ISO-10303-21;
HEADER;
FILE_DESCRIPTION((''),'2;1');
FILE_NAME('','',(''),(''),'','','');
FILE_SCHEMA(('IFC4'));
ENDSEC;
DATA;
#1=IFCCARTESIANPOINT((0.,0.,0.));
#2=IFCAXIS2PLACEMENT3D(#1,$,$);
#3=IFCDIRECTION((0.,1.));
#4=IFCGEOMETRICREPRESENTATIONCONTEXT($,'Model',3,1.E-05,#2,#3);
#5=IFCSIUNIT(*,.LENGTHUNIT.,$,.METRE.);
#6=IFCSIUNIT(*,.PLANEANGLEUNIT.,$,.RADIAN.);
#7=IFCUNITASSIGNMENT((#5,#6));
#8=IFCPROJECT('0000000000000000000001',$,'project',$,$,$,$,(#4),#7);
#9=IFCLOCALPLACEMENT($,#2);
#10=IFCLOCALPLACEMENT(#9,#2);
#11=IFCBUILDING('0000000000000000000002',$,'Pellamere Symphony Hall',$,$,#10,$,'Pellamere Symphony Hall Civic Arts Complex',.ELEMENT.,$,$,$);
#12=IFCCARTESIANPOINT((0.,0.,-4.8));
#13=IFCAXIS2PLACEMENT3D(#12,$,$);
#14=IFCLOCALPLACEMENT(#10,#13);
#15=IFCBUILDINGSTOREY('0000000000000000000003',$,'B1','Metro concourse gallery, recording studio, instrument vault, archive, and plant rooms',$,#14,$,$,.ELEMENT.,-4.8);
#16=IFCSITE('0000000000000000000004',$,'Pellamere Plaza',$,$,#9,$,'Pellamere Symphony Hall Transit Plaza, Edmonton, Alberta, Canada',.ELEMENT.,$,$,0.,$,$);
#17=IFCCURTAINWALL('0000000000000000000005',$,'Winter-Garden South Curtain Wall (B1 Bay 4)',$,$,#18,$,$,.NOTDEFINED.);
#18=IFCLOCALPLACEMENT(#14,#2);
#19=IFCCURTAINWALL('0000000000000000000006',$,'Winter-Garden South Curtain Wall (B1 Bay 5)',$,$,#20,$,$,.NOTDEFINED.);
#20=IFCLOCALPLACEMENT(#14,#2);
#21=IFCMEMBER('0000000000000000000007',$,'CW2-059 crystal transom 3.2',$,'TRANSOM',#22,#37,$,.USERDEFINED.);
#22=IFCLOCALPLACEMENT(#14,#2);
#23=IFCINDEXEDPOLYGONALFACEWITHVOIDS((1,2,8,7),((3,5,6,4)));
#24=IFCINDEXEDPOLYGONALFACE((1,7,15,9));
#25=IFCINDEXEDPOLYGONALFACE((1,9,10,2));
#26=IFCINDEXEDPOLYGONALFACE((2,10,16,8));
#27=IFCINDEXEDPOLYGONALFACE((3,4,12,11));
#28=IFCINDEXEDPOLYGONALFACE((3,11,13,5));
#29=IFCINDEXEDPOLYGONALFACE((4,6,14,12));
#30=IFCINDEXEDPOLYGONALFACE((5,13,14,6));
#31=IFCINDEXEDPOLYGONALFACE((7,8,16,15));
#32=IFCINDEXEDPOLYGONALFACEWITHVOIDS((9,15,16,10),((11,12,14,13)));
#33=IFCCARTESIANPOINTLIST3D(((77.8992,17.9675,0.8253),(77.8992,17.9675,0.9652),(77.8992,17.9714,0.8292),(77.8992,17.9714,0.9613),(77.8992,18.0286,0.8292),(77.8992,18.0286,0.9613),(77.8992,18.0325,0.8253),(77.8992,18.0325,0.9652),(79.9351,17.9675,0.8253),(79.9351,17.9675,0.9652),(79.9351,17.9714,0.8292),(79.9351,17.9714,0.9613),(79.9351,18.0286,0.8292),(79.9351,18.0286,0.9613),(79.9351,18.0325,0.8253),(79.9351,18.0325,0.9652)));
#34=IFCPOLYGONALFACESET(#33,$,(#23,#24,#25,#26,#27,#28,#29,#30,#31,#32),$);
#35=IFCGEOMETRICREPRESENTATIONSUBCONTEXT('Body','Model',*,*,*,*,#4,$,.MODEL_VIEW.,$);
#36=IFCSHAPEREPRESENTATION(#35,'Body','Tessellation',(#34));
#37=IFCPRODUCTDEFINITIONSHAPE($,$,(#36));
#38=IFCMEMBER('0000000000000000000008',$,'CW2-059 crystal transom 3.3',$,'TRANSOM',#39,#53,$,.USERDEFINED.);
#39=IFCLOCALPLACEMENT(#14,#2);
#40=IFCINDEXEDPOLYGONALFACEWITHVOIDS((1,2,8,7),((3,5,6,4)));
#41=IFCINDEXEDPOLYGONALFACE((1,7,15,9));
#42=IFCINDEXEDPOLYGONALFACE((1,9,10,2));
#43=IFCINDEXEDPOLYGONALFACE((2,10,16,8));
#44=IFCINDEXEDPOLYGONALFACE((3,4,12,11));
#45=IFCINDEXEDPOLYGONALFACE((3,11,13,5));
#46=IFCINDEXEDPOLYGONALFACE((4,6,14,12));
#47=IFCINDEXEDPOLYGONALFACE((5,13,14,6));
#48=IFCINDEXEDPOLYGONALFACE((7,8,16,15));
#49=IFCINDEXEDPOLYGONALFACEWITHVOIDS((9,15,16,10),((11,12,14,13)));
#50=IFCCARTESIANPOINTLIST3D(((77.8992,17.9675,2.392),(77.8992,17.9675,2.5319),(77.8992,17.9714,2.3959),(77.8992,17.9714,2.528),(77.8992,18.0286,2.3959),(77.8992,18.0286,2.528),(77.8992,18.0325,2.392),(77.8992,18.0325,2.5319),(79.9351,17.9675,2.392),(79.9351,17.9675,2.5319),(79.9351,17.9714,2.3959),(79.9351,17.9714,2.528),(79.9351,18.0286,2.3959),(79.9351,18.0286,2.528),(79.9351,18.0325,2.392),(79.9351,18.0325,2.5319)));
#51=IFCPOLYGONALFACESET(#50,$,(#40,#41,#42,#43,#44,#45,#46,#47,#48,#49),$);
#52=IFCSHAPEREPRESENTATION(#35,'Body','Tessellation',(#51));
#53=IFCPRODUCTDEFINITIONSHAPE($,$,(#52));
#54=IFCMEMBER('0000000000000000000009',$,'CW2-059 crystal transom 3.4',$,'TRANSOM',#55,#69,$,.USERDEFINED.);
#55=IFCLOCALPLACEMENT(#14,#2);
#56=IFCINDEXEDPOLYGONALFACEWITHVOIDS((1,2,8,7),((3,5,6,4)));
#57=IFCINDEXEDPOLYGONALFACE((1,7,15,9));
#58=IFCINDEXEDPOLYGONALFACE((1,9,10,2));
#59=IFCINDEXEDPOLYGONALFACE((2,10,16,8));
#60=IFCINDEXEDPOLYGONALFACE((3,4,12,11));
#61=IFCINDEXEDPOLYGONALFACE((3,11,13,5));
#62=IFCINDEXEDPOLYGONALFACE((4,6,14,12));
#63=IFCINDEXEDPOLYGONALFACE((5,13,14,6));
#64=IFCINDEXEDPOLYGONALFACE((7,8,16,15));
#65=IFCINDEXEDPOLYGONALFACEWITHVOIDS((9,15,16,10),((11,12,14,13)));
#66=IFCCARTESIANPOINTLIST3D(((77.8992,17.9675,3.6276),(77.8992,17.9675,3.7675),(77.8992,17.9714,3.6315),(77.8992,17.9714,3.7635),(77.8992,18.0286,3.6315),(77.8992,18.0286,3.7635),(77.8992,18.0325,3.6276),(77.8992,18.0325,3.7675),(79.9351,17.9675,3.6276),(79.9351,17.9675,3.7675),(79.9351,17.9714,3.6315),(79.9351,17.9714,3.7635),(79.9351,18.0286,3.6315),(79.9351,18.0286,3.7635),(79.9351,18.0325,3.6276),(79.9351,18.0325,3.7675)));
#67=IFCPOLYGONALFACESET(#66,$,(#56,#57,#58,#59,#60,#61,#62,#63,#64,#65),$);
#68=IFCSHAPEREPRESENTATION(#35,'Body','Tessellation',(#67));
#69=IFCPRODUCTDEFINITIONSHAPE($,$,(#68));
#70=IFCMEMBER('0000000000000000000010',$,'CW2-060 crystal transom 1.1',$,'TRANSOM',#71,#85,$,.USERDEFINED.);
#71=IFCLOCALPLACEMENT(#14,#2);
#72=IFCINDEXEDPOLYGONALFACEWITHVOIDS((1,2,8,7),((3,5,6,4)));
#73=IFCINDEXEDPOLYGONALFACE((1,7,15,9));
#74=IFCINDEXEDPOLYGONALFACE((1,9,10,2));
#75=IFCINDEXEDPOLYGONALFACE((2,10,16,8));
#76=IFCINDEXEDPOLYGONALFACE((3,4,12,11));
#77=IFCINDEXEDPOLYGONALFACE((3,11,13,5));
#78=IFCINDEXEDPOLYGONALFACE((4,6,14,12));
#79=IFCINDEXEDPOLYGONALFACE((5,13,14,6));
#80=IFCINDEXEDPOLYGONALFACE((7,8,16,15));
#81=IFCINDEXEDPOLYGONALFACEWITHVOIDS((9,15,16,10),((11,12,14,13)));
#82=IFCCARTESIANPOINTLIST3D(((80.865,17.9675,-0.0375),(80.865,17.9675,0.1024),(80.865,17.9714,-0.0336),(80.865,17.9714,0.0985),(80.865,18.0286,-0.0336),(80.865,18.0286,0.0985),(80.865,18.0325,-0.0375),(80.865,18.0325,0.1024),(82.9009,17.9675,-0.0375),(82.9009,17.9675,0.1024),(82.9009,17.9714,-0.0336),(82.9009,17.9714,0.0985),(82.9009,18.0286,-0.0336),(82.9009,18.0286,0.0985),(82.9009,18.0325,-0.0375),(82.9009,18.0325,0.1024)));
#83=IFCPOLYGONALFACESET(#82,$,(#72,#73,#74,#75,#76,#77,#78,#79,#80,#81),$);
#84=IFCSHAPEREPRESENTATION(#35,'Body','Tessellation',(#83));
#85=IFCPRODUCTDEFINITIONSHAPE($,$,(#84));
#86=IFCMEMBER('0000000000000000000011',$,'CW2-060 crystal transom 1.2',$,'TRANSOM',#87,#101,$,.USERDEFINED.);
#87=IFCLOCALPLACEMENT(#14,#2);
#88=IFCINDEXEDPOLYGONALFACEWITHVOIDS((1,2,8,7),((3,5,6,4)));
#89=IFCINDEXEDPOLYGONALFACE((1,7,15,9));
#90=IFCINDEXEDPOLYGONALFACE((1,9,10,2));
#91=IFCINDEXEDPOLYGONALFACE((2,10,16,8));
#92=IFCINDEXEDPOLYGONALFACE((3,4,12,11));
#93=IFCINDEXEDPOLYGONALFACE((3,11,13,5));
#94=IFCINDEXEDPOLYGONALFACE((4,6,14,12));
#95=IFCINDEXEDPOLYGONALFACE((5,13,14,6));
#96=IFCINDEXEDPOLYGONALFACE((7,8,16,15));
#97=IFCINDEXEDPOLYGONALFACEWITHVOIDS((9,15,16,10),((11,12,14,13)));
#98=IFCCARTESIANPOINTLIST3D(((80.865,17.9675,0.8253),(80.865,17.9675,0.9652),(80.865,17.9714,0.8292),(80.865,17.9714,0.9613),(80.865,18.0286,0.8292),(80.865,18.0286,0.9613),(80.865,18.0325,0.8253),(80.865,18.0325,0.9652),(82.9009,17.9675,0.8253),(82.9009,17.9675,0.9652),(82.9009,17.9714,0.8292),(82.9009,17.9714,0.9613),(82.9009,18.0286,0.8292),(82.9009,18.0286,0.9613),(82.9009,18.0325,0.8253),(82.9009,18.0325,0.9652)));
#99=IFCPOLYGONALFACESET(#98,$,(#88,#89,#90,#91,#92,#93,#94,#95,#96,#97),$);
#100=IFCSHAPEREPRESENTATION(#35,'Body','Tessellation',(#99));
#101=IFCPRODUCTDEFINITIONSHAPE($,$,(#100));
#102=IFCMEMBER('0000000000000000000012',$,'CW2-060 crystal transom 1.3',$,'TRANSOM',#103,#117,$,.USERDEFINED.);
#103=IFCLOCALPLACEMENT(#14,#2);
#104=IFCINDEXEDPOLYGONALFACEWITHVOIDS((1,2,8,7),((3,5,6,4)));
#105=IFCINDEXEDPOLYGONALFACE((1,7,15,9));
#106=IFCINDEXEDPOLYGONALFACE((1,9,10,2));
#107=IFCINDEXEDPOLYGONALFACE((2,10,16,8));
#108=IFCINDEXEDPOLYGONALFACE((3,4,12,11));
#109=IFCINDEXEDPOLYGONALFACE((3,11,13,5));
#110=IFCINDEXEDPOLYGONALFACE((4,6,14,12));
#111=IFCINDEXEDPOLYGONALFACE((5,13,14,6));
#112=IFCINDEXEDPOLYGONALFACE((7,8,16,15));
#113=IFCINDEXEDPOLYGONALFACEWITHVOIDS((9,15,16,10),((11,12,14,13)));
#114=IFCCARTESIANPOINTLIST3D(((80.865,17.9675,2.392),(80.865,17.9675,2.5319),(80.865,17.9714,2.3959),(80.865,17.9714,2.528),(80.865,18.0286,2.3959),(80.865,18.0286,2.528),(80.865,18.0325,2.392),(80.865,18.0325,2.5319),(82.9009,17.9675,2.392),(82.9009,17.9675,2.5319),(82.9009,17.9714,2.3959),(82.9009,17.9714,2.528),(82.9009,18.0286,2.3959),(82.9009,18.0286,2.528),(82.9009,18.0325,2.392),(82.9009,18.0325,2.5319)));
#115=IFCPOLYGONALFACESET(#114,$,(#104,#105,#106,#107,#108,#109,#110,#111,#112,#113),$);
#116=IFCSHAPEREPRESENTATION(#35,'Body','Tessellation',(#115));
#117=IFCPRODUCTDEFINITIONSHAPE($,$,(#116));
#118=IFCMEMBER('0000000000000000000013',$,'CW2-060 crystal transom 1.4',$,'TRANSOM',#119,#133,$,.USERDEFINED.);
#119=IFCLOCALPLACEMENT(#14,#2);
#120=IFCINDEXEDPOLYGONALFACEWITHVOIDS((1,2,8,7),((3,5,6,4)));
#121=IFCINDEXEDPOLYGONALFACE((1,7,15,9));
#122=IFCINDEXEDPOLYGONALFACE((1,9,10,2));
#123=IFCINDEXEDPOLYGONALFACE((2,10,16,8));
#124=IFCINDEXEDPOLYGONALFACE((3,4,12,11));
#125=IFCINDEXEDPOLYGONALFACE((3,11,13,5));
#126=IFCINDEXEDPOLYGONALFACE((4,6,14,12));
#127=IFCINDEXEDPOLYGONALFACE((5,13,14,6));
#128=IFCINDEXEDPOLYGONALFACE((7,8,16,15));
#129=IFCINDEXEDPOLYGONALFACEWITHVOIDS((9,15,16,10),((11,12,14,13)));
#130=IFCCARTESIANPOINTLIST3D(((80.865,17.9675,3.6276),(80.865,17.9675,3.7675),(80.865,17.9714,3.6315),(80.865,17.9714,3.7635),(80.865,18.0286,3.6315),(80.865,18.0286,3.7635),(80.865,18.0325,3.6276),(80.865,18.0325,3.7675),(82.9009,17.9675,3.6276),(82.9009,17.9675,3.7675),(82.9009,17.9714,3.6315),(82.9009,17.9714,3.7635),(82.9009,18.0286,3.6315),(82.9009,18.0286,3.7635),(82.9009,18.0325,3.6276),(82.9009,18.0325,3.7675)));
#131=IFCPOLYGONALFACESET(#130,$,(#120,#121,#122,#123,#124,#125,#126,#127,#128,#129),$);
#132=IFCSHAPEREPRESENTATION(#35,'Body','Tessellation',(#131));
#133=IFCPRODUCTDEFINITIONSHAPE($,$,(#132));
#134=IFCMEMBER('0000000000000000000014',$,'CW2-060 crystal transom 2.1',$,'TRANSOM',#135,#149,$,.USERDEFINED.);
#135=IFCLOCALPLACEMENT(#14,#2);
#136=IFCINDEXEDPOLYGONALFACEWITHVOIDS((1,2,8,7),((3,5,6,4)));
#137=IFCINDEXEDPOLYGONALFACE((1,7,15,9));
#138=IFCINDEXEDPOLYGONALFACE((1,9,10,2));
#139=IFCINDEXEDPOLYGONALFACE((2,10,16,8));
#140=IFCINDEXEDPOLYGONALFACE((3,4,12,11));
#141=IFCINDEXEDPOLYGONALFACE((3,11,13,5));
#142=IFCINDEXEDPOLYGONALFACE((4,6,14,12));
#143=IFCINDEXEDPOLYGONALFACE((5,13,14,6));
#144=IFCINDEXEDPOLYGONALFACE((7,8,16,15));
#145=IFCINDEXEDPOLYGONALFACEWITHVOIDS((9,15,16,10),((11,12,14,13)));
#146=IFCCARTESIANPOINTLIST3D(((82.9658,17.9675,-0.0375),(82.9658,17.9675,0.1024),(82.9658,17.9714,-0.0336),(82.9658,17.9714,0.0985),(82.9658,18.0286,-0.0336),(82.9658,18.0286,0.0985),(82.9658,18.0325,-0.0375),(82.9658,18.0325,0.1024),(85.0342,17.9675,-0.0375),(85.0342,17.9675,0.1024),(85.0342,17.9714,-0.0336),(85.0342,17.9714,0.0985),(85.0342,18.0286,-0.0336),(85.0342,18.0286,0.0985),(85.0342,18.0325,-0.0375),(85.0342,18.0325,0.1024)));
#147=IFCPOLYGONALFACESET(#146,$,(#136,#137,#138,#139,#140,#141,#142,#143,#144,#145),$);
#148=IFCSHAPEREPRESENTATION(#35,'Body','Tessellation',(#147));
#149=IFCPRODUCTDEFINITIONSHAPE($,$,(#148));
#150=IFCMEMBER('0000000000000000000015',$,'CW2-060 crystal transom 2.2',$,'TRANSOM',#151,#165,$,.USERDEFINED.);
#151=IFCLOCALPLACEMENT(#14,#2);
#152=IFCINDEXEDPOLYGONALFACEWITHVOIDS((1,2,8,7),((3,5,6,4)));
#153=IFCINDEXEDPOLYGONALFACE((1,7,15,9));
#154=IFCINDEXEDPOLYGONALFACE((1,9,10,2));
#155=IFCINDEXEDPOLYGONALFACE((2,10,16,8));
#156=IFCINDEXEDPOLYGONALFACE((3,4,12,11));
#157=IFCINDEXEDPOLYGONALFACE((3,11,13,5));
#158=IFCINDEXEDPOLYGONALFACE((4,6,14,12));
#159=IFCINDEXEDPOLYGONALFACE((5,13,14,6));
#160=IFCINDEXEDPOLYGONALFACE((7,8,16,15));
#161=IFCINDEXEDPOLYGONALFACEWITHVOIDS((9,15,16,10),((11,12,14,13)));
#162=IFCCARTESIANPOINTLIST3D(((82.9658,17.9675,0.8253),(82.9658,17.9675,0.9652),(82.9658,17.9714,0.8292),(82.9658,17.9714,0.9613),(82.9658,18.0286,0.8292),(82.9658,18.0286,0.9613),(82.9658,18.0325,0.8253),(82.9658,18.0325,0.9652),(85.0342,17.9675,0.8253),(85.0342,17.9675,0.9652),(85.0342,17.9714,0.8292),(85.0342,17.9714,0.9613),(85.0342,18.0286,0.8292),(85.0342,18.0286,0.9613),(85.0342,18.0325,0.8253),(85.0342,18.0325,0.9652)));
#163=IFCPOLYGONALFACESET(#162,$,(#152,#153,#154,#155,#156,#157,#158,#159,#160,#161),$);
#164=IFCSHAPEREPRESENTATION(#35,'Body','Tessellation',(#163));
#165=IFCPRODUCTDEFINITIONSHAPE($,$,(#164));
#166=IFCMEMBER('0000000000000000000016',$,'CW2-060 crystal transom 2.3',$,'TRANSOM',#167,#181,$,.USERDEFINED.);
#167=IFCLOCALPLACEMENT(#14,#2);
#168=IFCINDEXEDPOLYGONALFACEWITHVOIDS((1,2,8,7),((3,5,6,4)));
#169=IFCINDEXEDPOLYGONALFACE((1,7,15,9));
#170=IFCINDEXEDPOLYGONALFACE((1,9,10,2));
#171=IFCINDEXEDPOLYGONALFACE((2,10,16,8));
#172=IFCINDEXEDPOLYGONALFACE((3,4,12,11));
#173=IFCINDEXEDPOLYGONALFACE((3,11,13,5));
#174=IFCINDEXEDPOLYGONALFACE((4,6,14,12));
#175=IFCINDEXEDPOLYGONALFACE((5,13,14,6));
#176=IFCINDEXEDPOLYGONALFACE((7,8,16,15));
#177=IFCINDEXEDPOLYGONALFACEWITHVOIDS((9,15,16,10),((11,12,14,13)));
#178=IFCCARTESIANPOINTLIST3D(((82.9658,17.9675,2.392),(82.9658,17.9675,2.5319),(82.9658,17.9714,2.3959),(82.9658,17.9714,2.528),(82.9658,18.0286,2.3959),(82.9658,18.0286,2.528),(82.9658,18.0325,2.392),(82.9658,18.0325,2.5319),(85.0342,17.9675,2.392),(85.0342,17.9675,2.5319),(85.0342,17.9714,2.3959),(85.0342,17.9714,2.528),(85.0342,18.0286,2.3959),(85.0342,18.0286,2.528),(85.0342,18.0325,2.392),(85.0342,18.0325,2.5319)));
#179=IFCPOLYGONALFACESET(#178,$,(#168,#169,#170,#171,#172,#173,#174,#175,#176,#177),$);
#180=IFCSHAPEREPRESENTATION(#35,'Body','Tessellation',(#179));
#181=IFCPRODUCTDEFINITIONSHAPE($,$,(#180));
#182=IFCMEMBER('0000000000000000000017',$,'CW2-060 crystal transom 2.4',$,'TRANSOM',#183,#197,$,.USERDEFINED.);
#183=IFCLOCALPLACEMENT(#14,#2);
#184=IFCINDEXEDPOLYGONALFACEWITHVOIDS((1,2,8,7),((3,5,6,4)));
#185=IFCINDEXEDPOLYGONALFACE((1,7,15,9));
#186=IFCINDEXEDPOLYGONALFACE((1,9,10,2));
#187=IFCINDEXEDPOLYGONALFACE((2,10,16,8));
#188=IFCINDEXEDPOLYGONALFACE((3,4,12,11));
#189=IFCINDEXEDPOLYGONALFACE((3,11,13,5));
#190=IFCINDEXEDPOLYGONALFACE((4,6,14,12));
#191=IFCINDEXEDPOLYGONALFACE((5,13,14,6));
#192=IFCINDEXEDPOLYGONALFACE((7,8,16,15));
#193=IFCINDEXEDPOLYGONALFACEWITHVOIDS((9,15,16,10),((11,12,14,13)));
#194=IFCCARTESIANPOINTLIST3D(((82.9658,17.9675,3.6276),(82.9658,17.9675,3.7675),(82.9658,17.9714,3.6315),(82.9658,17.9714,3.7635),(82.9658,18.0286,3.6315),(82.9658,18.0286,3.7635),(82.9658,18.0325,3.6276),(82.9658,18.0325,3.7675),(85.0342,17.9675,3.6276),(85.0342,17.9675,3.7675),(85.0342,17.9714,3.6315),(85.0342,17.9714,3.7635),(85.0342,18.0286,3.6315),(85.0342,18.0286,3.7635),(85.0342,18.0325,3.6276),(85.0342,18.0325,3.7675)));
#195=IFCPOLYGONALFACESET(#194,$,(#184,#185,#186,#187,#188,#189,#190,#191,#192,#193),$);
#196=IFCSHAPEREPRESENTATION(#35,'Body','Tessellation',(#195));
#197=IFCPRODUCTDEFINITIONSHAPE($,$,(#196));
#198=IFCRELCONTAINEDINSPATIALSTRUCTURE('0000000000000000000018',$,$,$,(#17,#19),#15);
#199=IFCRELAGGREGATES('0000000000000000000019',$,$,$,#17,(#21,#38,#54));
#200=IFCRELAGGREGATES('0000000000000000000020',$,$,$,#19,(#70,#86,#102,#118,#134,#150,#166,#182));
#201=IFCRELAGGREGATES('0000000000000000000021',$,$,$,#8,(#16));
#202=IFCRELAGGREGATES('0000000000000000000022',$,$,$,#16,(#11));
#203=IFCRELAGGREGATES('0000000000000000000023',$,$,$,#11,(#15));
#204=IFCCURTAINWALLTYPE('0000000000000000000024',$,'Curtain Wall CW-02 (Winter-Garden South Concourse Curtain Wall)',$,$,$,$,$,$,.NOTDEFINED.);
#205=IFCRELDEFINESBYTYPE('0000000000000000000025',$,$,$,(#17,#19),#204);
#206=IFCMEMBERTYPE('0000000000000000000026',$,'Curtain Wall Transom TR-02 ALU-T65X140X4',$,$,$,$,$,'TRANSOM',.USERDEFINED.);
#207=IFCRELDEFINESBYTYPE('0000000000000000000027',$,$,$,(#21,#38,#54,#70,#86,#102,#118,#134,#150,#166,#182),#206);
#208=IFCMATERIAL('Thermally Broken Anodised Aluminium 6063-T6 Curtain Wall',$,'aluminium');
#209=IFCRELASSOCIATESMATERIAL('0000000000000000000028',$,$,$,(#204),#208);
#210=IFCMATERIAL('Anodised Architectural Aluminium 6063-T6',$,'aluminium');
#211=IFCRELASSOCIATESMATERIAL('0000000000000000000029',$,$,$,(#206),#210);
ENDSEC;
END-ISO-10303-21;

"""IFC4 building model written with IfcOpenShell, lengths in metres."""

from ifc_helpers import new_model, si_unit, direction, frame, origin, origin_2d, place, context, subcontext, project, spatial, hollow_rectangle, extrude, material, material_profile, profile_set, type_object, element, aggregate, save


model = new_model("IFC4")

# Units and contexts
model_context = context("Model", 3, precision=1e-05, world=origin(), true_north=direction((0.0, 1.0)))
body_context = subcontext(model_context, "Body", "Model", "MODEL_VIEW")
ifc_project = project(units=[si_unit("LENGTHUNIT", "METRE"), si_unit("PLANEANGLEUNIT", "RADIAN")], contexts=[model_context])

# Site, building, storey
site_placement = place(None, origin())
site = spatial("IfcSite", under=ifc_project, at=site_placement, Name="Pellamere Plaza", LongName="Pellamere Symphony Hall Transit Plaza, Edmonton, Alberta, Canada", CompositionType="ELEMENT", RefElevation=0.0)
building_placement = place(site_placement, origin())
building = spatial("IfcBuilding", under=site, at=building_placement, Name="Pellamere Symphony Hall", LongName="Pellamere Symphony Hall Civic Arts Complex", CompositionType="ELEMENT")
storey_placement = place(building_placement, frame((0.0, 0.0, -4.8)))
storey = spatial("IfcBuildingStorey", under=building, at=storey_placement, Name="B1", Description="Metro concourse gallery, recording studio, instrument vault, archive, and plant rooms", CompositionType="ELEMENT", Elevation=-4.8)

# Curtain walls
ifc_material_1 = material(Name="Thermally Broken Anodised Aluminium 6063-T6 Curtain Wall", Category="aluminium")
curtain_wall_type = type_object("IfcCurtainWallType", Name="Curtain Wall CW-02 (Winter-Garden South Concourse Curtain Wall)", PredefinedType="NOTDEFINED", material=ifc_material_1)
curtain_wall_1_placement = place(storey_placement, origin())
curtain_wall_1 = element("IfcCurtainWall", 1, at=curtain_wall_1_placement, inside=storey, type_object=curtain_wall_type, Name="Winter-Garden South Curtain Wall (B1 Bay 4)", PredefinedType="NOTDEFINED")
ifc_material_2 = material(Name="Anodised Architectural Aluminium 6063-T6", Category="aluminium")
curtain_wall_2_placement = place(storey_placement, origin())
curtain_wall_2 = element("IfcCurtainWall", 2, at=curtain_wall_2_placement, inside=storey, type_object=curtain_wall_type, Name="Winter-Garden South Curtain Wall (B1 Bay 5)", PredefinedType="NOTDEFINED")

# Members
ifc_material_profile_1 = material_profile(ifc_material_2, hollow_rectangle(XDim=0.0649, YDim=0.1399, WallThickness=0.0039, at=origin_2d()), Name="ALU-T65X140X4")
ifc_profile_set_1 = profile_set([ifc_material_profile_1], Name="Anodised Architectural Aluminium 6063-T6")
member_type_1 = type_object("IfcMemberType", Name="Curtain Wall Transom TR-02 ALU-T65X140X4", ElementType="TRANSOM", PredefinedType="USERDEFINED", material=ifc_profile_set_1)
member_1_placement = place(storey_placement, frame((77.8992, 18.0, 0.8953), z_axis=(1.0, 0.0, 0.0), x_axis=(0.0, 1.0, 0.0)))
member_1 = element("IfcMember", 3, at=member_1_placement, type_object=member_type_1, Name="CW2-059 crystal transom 3.2", ObjectType="TRANSOM", PredefinedType="USERDEFINED", context=body_context, shape_type="SweptSolid", body=[
    extrude(hollow_rectangle(XDim=0.0649, YDim=0.1399, WallThickness=0.0039, at=origin_2d()), origin(), (0.0, 0.0, 1.0), 2.0359),
])
member_2_placement = place(storey_placement, frame((77.8992, 18.0, 2.4619), z_axis=(1.0, 0.0, 0.0), x_axis=(0.0, 1.0, 0.0)))
member_2 = element("IfcMember", 4, at=member_2_placement, type_object=member_type_1, Name="CW2-059 crystal transom 3.3", ObjectType="TRANSOM", PredefinedType="USERDEFINED", context=body_context, shape_type="SweptSolid", body=[
    extrude(hollow_rectangle(XDim=0.0649, YDim=0.1399, WallThickness=0.0039, at=origin_2d()), origin(), (0.0, 0.0, 1.0), 2.0359),
])
member_3_placement = place(storey_placement, frame((77.8992, 18.0, 3.6975), z_axis=(1.0, 0.0, 0.0), x_axis=(0.0, 1.0, 0.0)))
member_3 = element("IfcMember", 5, at=member_3_placement, type_object=member_type_1, Name="CW2-059 crystal transom 3.4", ObjectType="TRANSOM", PredefinedType="USERDEFINED", context=body_context, shape_type="SweptSolid", body=[
    extrude(hollow_rectangle(XDim=0.0649, YDim=0.1399, WallThickness=0.0039, at=origin_2d()), origin(), (0.0, 0.0, 1.0), 2.0359),
])
member_4_placement = place(storey_placement, frame((80.865, 18.0, 0.0325), z_axis=(1.0, 0.0, 0.0), x_axis=(0.0, 1.0, 0.0)))
member_4 = element("IfcMember", 6, at=member_4_placement, type_object=member_type_1, Name="CW2-060 crystal transom 1.1", ObjectType="TRANSOM", PredefinedType="USERDEFINED", context=body_context, shape_type="SweptSolid", body=[
    extrude(hollow_rectangle(XDim=0.0649, YDim=0.1399, WallThickness=0.0039, at=origin_2d()), origin(), (0.0, 0.0, 1.0), 2.0359),
])
member_5_placement = place(storey_placement, frame((80.865, 18.0, 0.8953), z_axis=(1.0, 0.0, 0.0), x_axis=(0.0, 1.0, 0.0)))
member_5 = element("IfcMember", 7, at=member_5_placement, type_object=member_type_1, Name="CW2-060 crystal transom 1.2", ObjectType="TRANSOM", PredefinedType="USERDEFINED", context=body_context, shape_type="SweptSolid", body=[
    extrude(hollow_rectangle(XDim=0.0649, YDim=0.1399, WallThickness=0.0039, at=origin_2d()), origin(), (0.0, 0.0, 1.0), 2.0359),
])
member_6_placement = place(storey_placement, frame((80.865, 18.0, 2.4619), z_axis=(1.0, 0.0, 0.0), x_axis=(0.0, 1.0, 0.0)))
member_6 = element("IfcMember", 8, at=member_6_placement, type_object=member_type_1, Name="CW2-060 crystal transom 1.3", ObjectType="TRANSOM", PredefinedType="USERDEFINED", context=body_context, shape_type="SweptSolid", body=[
    extrude(hollow_rectangle(XDim=0.0649, YDim=0.1399, WallThickness=0.0039, at=origin_2d()), origin(), (0.0, 0.0, 1.0), 2.0359),
])
member_7_placement = place(storey_placement, frame((80.865, 18.0, 3.6975), z_axis=(1.0, 0.0, 0.0), x_axis=(0.0, 1.0, 0.0)))
member_7 = element("IfcMember", 9, at=member_7_placement, type_object=member_type_1, Name="CW2-060 crystal transom 1.4", ObjectType="TRANSOM", PredefinedType="USERDEFINED", context=body_context, shape_type="SweptSolid", body=[
    extrude(hollow_rectangle(XDim=0.0649, YDim=0.1399, WallThickness=0.0039, at=origin_2d()), origin(), (0.0, 0.0, 1.0), 2.0359),
])
member_8_placement = place(storey_placement, frame((82.9658, 18.0, 0.0325), z_axis=(1.0, 0.0, 0.0), x_axis=(0.0, 1.0, 0.0)))
member_8 = element("IfcMember", 10, at=member_8_placement, type_object=member_type_1, Name="CW2-060 crystal transom 2.1", ObjectType="TRANSOM", PredefinedType="USERDEFINED", context=body_context, shape_type="SweptSolid", body=[
    extrude(hollow_rectangle(XDim=0.0649, YDim=0.1399, WallThickness=0.0039, at=origin_2d()), origin(), (0.0, 0.0, 1.0), 2.0684),
])
member_9_placement = place(storey_placement, frame((82.9658, 18.0, 0.8953), z_axis=(1.0, 0.0, 0.0), x_axis=(0.0, 1.0, 0.0)))
member_9 = element("IfcMember", 11, at=member_9_placement, type_object=member_type_1, Name="CW2-060 crystal transom 2.2", ObjectType="TRANSOM", PredefinedType="USERDEFINED", context=body_context, shape_type="SweptSolid", body=[
    extrude(hollow_rectangle(XDim=0.0649, YDim=0.1399, WallThickness=0.0039, at=origin_2d()), origin(), (0.0, 0.0, 1.0), 2.0684),
])
member_10_placement = place(storey_placement, frame((82.9658, 18.0, 2.4619), z_axis=(1.0, 0.0, 0.0), x_axis=(0.0, 1.0, 0.0)))
member_10 = element("IfcMember", 12, at=member_10_placement, type_object=member_type_1, Name="CW2-060 crystal transom 2.3", ObjectType="TRANSOM", PredefinedType="USERDEFINED", context=body_context, shape_type="SweptSolid", body=[
    extrude(hollow_rectangle(XDim=0.0649, YDim=0.1399, WallThickness=0.0039, at=origin_2d()), origin(), (0.0, 0.0, 1.0), 2.0684),
])
member_11_placement = place(storey_placement, frame((82.9658, 18.0, 3.6975), z_axis=(1.0, 0.0, 0.0), x_axis=(0.0, 1.0, 0.0)))
member_11 = element("IfcMember", 13, at=member_11_placement, type_object=member_type_1, Name="CW2-060 crystal transom 2.4", ObjectType="TRANSOM", PredefinedType="USERDEFINED", context=body_context, shape_type="SweptSolid", body=[
    extrude(hollow_rectangle(XDim=0.0649, YDim=0.1399, WallThickness=0.0039, at=origin_2d()), origin(), (0.0, 0.0, 1.0), 2.0684),
])

aggregate(curtain_wall_1, [member_1, member_2, member_3])
aggregate(curtain_wall_2, [member_4, member_5, member_6, member_7, member_8, member_9, member_10, member_11])

save(model, "model.ifc")
